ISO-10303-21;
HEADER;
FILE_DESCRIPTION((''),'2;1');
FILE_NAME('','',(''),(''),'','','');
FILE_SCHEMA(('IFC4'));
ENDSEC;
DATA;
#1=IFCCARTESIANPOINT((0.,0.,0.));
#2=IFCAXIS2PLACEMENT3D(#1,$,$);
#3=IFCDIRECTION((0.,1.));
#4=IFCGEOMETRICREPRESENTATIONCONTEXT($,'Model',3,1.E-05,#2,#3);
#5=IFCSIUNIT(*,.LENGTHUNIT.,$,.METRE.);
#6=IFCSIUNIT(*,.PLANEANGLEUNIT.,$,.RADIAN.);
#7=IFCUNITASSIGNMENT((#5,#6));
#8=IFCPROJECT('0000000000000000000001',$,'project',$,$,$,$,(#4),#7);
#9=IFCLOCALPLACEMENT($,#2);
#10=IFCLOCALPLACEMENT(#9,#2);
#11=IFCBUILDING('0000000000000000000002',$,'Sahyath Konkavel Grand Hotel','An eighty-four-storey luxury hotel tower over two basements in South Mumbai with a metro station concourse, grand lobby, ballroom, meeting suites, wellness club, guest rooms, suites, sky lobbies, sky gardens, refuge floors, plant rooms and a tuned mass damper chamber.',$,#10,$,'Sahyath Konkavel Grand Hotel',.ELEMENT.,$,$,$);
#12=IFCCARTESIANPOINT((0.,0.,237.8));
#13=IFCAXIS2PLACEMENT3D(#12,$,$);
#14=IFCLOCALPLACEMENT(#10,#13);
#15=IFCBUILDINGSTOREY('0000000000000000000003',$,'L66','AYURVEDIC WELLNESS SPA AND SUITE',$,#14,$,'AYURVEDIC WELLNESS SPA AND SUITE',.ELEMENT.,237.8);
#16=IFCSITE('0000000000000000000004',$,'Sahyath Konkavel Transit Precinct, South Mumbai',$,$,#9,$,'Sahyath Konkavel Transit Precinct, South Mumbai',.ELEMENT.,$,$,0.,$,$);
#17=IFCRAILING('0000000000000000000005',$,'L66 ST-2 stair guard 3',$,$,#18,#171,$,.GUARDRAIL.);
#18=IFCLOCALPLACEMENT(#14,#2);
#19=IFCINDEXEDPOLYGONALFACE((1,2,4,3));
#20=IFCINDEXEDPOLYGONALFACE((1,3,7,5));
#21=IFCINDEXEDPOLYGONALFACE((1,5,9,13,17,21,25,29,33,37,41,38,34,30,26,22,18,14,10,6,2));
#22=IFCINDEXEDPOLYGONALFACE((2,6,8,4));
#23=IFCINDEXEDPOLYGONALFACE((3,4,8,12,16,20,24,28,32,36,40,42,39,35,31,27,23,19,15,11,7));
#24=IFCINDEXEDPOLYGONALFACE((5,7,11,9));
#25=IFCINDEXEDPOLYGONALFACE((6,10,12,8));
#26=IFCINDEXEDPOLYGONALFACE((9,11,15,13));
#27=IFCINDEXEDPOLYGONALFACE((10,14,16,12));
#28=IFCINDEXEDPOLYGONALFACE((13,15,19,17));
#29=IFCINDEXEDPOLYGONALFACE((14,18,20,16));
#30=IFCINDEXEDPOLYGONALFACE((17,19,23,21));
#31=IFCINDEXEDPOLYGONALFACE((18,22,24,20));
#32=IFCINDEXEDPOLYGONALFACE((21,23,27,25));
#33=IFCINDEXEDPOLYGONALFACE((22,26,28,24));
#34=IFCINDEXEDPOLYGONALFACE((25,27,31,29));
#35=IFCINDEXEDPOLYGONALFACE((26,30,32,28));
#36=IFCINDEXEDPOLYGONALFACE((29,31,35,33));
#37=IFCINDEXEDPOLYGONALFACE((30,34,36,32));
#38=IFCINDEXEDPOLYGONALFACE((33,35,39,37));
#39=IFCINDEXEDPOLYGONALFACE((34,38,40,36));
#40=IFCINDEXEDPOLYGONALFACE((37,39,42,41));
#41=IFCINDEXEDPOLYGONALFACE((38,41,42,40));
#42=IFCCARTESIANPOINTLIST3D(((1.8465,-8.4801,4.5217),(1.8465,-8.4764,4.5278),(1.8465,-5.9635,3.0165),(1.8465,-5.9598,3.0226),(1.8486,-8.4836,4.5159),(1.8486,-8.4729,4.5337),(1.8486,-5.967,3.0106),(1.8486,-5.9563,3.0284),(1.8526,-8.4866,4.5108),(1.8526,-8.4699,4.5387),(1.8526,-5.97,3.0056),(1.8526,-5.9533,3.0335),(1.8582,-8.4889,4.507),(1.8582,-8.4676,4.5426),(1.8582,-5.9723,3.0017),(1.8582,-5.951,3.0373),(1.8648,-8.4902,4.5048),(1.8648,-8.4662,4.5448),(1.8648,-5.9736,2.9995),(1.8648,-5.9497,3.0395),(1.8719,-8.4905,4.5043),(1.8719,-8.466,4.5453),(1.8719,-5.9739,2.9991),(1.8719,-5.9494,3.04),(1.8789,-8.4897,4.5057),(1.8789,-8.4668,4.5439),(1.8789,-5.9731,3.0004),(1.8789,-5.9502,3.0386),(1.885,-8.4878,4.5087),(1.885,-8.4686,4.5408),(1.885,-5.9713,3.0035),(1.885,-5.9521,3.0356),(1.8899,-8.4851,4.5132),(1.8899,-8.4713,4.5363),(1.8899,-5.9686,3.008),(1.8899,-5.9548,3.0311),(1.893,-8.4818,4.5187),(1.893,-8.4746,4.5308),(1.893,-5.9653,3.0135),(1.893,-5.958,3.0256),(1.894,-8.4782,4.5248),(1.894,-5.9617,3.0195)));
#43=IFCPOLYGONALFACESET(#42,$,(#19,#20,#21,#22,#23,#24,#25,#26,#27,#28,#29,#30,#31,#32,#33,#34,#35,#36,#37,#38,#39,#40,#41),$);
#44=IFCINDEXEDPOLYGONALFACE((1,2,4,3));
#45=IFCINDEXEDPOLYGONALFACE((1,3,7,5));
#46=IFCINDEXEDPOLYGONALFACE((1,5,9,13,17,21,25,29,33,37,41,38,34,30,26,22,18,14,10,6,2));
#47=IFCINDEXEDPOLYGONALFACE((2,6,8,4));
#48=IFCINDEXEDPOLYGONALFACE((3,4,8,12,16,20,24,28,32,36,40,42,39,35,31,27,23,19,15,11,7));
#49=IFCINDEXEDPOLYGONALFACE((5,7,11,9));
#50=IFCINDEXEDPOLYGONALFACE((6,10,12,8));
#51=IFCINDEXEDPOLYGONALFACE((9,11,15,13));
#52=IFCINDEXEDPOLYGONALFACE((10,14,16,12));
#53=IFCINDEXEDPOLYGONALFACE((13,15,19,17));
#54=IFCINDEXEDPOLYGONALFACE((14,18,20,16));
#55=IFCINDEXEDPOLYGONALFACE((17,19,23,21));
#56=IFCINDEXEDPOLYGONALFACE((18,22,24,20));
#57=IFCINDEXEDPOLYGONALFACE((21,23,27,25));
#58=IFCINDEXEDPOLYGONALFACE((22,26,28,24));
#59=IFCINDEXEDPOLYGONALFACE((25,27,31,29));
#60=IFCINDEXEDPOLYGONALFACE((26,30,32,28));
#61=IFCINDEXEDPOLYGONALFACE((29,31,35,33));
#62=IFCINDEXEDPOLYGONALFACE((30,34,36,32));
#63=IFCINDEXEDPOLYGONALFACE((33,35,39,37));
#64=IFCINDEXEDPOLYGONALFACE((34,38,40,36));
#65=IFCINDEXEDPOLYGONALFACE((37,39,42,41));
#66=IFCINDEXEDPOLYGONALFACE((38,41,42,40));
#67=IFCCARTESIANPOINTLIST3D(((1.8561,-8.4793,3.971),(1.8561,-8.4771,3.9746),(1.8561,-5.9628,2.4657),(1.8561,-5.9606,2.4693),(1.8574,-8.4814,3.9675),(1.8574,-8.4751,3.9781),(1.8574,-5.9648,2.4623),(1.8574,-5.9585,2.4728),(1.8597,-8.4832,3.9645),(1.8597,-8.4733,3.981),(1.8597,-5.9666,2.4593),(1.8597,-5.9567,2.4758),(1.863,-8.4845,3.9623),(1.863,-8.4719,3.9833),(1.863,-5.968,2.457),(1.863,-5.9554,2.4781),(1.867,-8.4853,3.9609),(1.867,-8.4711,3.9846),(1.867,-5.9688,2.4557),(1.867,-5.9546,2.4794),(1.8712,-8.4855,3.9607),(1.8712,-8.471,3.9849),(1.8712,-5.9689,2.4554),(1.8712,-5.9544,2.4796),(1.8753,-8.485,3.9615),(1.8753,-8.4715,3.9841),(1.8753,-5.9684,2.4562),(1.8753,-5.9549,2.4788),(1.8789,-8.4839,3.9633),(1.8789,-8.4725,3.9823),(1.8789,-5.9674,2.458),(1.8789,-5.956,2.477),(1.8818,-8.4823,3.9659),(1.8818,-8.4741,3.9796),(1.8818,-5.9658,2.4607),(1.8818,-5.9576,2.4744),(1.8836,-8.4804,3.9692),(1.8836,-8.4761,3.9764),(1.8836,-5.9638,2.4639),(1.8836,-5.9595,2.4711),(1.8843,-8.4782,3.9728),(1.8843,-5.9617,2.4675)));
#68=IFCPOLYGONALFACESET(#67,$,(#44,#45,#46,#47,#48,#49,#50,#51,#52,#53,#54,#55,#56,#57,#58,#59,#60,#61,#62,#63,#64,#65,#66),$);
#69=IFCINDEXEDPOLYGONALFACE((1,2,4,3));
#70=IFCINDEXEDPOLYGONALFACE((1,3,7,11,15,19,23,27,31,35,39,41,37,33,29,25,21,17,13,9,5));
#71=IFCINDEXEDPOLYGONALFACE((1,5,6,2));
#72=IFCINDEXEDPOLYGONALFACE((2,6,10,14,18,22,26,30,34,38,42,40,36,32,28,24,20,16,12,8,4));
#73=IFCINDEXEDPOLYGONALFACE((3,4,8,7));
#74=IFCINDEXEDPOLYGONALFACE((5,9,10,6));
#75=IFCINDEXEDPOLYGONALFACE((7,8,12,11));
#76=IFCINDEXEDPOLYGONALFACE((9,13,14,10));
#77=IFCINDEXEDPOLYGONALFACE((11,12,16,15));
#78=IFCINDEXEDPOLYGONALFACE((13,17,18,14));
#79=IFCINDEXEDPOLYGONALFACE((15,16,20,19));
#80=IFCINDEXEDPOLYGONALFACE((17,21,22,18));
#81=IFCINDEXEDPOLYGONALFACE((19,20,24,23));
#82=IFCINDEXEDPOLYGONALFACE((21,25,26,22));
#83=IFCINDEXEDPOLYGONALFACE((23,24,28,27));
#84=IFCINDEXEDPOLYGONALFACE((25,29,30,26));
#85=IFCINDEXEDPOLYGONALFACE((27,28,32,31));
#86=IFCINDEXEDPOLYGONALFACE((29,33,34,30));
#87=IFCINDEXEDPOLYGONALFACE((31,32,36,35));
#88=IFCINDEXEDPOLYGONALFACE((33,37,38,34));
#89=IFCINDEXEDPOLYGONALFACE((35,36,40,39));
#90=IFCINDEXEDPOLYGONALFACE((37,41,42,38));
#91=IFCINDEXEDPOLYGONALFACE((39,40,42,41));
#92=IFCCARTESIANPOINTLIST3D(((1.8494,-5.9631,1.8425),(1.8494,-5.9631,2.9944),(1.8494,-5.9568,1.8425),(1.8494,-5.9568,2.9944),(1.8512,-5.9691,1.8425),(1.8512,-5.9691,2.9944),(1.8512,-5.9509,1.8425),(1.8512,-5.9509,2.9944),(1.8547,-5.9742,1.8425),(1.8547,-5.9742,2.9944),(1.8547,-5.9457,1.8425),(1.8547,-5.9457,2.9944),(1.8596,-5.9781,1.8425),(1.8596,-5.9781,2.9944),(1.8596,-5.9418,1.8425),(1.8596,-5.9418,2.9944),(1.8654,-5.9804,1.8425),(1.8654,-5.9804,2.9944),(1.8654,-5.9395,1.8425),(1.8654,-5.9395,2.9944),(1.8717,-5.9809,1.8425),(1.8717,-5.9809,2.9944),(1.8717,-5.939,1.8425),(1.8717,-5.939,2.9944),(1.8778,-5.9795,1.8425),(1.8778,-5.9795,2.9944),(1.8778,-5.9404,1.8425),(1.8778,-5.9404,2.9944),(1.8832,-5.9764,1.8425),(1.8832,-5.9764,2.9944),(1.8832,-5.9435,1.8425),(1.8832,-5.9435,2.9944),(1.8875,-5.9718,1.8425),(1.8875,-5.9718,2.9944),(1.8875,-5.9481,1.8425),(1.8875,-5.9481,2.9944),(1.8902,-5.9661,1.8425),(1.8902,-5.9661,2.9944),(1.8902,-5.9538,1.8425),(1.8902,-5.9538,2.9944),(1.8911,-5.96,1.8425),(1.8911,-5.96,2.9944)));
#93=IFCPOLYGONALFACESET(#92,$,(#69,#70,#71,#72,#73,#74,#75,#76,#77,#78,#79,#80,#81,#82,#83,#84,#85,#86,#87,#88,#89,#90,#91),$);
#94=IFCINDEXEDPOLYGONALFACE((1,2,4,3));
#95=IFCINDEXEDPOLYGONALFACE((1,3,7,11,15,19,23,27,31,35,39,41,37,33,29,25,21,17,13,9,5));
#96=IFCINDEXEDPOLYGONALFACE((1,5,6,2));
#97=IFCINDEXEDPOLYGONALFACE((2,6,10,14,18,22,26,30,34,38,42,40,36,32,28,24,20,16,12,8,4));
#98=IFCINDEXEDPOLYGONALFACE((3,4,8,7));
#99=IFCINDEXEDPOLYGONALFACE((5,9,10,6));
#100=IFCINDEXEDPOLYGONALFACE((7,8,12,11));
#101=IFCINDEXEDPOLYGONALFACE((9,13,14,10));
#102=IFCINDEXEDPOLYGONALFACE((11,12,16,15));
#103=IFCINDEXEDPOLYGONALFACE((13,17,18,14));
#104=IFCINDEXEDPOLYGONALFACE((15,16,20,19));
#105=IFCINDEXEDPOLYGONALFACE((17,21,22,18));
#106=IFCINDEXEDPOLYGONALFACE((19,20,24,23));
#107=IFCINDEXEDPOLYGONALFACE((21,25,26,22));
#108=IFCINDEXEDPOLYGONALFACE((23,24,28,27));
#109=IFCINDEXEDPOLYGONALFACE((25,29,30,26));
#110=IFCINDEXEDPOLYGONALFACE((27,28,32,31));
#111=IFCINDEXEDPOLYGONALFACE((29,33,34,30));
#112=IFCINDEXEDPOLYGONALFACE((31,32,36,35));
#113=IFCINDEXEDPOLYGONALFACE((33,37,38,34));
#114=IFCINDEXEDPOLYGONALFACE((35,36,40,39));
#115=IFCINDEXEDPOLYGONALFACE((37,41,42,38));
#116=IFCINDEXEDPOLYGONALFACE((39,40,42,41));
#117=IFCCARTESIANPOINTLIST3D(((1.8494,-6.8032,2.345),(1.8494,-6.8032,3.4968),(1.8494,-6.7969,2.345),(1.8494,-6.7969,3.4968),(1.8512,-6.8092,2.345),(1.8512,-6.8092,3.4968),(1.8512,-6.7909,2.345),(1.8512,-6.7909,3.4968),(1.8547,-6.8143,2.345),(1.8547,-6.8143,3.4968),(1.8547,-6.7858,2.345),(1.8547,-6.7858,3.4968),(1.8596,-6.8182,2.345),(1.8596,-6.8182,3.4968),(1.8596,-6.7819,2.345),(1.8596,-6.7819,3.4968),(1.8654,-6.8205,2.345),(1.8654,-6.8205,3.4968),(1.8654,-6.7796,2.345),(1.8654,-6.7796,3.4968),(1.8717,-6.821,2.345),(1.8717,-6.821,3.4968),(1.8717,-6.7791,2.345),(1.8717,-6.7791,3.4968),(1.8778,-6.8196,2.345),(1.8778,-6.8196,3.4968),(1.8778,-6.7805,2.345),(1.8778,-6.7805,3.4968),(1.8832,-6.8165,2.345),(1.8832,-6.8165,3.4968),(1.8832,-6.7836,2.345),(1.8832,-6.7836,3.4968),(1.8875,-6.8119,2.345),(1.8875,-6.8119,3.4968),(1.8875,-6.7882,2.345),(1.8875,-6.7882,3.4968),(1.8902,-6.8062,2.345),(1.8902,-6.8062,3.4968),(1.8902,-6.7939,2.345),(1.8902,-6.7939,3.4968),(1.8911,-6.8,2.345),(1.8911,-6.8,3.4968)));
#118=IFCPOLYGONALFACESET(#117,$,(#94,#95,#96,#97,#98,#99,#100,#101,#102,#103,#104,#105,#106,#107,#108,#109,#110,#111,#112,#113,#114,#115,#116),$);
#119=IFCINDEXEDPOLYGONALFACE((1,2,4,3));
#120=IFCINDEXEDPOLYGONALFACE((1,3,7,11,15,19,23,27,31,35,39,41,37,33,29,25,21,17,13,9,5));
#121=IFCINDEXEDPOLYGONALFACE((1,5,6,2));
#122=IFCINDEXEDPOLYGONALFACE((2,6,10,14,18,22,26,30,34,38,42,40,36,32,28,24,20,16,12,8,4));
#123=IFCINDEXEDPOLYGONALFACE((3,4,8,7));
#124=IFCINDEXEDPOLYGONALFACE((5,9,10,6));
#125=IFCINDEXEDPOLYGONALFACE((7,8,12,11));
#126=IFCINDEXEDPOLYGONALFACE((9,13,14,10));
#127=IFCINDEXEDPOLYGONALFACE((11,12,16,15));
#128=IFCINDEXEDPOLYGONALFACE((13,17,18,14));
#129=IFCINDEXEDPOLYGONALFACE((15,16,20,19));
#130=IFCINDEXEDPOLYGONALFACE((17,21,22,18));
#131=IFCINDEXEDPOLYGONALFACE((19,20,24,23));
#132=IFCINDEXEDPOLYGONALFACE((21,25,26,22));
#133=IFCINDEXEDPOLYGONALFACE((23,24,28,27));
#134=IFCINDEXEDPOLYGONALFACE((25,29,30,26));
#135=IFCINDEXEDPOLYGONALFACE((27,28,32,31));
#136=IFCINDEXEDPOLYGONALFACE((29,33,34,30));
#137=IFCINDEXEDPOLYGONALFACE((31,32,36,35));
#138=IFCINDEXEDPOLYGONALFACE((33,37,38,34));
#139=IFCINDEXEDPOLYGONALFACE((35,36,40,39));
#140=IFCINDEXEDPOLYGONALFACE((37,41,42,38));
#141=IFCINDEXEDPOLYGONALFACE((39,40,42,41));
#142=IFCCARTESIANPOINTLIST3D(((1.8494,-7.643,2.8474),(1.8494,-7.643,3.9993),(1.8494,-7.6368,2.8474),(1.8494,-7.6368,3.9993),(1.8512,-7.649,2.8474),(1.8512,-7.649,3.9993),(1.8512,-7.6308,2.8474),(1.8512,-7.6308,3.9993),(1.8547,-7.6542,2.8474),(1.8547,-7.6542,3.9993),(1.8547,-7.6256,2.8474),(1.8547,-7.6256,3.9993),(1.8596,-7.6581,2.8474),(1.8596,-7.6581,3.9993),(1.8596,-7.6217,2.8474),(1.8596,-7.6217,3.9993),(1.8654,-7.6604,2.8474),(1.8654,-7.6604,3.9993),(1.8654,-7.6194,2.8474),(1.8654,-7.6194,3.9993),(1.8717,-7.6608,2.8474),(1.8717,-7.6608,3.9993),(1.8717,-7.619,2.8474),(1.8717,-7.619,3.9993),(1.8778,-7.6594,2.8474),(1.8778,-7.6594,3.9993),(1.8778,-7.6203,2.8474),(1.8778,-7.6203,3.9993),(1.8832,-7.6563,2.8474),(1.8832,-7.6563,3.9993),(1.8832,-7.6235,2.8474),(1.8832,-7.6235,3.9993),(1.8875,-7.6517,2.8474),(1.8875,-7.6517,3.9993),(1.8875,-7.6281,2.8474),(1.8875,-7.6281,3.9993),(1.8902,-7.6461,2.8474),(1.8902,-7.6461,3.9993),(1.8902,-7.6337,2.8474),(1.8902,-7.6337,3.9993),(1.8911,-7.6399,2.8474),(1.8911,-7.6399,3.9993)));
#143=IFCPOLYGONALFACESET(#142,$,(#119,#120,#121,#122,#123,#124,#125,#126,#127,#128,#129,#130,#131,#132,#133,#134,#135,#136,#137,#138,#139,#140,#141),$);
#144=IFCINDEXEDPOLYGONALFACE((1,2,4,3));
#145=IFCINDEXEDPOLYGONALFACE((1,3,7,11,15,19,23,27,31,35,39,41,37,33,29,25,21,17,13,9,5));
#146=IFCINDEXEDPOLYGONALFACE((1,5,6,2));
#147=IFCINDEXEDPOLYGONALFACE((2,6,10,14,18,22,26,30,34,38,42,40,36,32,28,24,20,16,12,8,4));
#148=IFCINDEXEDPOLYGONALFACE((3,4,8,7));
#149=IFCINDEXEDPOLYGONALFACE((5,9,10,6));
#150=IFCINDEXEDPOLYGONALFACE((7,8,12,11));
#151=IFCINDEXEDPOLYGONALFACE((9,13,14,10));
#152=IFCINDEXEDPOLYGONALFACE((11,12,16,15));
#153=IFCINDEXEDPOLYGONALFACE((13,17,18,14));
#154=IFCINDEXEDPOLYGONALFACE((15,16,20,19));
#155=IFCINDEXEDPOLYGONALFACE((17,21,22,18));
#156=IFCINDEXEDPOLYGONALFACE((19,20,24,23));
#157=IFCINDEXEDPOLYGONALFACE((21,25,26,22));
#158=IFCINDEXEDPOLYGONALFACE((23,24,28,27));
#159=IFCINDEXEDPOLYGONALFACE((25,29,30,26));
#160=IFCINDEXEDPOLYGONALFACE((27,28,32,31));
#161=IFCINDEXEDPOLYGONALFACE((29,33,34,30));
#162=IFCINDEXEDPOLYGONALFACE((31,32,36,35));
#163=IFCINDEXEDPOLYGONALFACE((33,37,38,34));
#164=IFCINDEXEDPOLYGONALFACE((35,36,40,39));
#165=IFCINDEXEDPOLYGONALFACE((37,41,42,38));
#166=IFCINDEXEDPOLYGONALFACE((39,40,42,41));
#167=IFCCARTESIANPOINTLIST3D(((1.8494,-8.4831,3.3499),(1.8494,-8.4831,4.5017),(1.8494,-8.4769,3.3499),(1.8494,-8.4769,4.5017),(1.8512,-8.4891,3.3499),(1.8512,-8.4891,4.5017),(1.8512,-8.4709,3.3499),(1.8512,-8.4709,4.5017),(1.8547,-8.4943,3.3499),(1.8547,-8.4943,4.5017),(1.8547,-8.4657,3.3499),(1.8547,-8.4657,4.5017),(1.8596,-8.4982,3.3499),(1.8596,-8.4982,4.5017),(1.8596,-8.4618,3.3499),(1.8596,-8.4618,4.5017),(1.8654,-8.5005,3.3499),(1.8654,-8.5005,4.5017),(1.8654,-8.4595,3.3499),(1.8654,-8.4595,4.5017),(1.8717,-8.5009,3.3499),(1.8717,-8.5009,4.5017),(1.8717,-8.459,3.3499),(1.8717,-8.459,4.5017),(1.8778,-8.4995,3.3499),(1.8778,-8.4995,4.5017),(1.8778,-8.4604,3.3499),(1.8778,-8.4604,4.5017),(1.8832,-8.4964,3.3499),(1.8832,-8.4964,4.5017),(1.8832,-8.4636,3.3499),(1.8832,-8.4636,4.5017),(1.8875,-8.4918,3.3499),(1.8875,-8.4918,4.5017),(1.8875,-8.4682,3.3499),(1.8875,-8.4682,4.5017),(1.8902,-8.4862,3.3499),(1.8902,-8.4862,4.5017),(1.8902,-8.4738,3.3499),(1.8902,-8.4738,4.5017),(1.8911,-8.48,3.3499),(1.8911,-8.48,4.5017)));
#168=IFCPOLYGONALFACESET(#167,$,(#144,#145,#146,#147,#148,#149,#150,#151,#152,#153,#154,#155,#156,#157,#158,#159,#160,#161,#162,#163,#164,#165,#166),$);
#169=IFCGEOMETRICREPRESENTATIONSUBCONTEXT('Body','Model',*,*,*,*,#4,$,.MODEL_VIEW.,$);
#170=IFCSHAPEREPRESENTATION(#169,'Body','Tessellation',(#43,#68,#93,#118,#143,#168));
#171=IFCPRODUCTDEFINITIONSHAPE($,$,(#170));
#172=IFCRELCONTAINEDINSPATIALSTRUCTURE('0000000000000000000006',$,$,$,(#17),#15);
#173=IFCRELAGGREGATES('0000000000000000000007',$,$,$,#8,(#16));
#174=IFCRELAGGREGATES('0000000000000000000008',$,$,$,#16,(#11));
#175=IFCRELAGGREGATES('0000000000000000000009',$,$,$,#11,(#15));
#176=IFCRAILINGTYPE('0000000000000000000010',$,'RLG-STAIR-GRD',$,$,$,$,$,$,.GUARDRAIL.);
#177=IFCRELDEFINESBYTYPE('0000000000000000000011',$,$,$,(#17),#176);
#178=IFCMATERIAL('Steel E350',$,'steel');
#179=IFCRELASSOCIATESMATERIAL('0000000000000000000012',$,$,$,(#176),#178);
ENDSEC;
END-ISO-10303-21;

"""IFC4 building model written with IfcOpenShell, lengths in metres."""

from ifc_helpers import new_model, si_unit, direction, frame, origin, origin_2d, place, context, subcontext, project, spatial, circle, extrude, material, type_object, element, save


model = new_model("IFC4")

# Units and contexts
model_context = context("Model", 3, precision=1e-05, world=origin(), true_north=direction((0.0, 1.0)))
body_context = subcontext(model_context, "Body", "Model", "MODEL_VIEW")
ifc_project = project(units=[si_unit("LENGTHUNIT", "METRE"), si_unit("PLANEANGLEUNIT", "RADIAN")], contexts=[model_context])

# Site, building, storey
site_placement = place(None, origin())
site = spatial("IfcSite", under=ifc_project, at=site_placement, Name="Sahyath Konkavel Transit Precinct, South Mumbai", LongName="Sahyath Konkavel Transit Precinct, South Mumbai", CompositionType="ELEMENT", RefElevation=0.0)
building_placement = place(site_placement, origin())
building = spatial("IfcBuilding", under=site, at=building_placement, Name="Sahyath Konkavel Grand Hotel", Description="An eighty-four-storey luxury hotel tower over two basements in South Mumbai with a metro station concourse, grand lobby, ballroom, meeting suites, wellness club, guest rooms, suites, sky lobbies, sky gardens, refuge floors, plant rooms and a tuned mass damper chamber.", LongName="Sahyath Konkavel Grand Hotel", CompositionType="ELEMENT")
storey_placement = place(building_placement, frame((0.0, 0.0, 237.8)))
storey = spatial("IfcBuildingStorey", under=building, at=storey_placement, Name="L66", Description="AYURVEDIC WELLNESS SPA AND SUITE", LongName="AYURVEDIC WELLNESS SPA AND SUITE", CompositionType="ELEMENT", Elevation=237.8)

# Shared definitions
ifc_material_1 = material(Name="Steel E350", Category="steel")

# Railing
railing_type_1 = type_object("IfcRailingType", Name="RLG-STAIR-GRD", PredefinedType="GUARDRAIL", material=ifc_material_1)
railing_1_placement = place(storey_placement, frame((1.8701, -5.96, 1.8425)))
element("IfcRailing", 1, at=railing_1_placement, inside=storey, type_object=railing_type_1, Name="L66 ST-2 stair guard 3", PredefinedType="GUARDRAIL", context=body_context, shape_type="SweptSolid", body=[
    extrude(circle(Radius=0.0239, at=origin_2d()), frame((0.0, -0.0017, 1.177), z_axis=(0.0, -0.858196, 0.513321), x_axis=(1.0, 0.0, 0.0)), (0.0, 0.0, 1.0), 2.9324),
    extrude(circle(Radius=0.0142, at=origin_2d()), frame((0.0, -0.0017, 0.625), z_axis=(0.0, -0.858196, 0.513321), x_axis=(1.0, 0.0, 0.0)), (0.0, 0.0, 1.0), 2.9324),
    extrude(circle(Radius=0.021, at=origin_2d()), origin(), (0.0, 0.0, 1.0), 1.1519),
    extrude(circle(Radius=0.021, at=origin_2d()), frame((0.0, -0.8401, 0.5024)), (0.0, 0.0, 1.0), 1.1519),
    extrude(circle(Radius=0.021, at=origin_2d()), frame((0.0, -1.6799, 1.0049)), (0.0, 0.0, 1.0), 1.1519),
    extrude(circle(Radius=0.021, at=origin_2d()), frame((0.0, -2.52, 1.5073)), (0.0, 0.0, 1.0), 1.1519),
])

save(model, "model.ifc")
